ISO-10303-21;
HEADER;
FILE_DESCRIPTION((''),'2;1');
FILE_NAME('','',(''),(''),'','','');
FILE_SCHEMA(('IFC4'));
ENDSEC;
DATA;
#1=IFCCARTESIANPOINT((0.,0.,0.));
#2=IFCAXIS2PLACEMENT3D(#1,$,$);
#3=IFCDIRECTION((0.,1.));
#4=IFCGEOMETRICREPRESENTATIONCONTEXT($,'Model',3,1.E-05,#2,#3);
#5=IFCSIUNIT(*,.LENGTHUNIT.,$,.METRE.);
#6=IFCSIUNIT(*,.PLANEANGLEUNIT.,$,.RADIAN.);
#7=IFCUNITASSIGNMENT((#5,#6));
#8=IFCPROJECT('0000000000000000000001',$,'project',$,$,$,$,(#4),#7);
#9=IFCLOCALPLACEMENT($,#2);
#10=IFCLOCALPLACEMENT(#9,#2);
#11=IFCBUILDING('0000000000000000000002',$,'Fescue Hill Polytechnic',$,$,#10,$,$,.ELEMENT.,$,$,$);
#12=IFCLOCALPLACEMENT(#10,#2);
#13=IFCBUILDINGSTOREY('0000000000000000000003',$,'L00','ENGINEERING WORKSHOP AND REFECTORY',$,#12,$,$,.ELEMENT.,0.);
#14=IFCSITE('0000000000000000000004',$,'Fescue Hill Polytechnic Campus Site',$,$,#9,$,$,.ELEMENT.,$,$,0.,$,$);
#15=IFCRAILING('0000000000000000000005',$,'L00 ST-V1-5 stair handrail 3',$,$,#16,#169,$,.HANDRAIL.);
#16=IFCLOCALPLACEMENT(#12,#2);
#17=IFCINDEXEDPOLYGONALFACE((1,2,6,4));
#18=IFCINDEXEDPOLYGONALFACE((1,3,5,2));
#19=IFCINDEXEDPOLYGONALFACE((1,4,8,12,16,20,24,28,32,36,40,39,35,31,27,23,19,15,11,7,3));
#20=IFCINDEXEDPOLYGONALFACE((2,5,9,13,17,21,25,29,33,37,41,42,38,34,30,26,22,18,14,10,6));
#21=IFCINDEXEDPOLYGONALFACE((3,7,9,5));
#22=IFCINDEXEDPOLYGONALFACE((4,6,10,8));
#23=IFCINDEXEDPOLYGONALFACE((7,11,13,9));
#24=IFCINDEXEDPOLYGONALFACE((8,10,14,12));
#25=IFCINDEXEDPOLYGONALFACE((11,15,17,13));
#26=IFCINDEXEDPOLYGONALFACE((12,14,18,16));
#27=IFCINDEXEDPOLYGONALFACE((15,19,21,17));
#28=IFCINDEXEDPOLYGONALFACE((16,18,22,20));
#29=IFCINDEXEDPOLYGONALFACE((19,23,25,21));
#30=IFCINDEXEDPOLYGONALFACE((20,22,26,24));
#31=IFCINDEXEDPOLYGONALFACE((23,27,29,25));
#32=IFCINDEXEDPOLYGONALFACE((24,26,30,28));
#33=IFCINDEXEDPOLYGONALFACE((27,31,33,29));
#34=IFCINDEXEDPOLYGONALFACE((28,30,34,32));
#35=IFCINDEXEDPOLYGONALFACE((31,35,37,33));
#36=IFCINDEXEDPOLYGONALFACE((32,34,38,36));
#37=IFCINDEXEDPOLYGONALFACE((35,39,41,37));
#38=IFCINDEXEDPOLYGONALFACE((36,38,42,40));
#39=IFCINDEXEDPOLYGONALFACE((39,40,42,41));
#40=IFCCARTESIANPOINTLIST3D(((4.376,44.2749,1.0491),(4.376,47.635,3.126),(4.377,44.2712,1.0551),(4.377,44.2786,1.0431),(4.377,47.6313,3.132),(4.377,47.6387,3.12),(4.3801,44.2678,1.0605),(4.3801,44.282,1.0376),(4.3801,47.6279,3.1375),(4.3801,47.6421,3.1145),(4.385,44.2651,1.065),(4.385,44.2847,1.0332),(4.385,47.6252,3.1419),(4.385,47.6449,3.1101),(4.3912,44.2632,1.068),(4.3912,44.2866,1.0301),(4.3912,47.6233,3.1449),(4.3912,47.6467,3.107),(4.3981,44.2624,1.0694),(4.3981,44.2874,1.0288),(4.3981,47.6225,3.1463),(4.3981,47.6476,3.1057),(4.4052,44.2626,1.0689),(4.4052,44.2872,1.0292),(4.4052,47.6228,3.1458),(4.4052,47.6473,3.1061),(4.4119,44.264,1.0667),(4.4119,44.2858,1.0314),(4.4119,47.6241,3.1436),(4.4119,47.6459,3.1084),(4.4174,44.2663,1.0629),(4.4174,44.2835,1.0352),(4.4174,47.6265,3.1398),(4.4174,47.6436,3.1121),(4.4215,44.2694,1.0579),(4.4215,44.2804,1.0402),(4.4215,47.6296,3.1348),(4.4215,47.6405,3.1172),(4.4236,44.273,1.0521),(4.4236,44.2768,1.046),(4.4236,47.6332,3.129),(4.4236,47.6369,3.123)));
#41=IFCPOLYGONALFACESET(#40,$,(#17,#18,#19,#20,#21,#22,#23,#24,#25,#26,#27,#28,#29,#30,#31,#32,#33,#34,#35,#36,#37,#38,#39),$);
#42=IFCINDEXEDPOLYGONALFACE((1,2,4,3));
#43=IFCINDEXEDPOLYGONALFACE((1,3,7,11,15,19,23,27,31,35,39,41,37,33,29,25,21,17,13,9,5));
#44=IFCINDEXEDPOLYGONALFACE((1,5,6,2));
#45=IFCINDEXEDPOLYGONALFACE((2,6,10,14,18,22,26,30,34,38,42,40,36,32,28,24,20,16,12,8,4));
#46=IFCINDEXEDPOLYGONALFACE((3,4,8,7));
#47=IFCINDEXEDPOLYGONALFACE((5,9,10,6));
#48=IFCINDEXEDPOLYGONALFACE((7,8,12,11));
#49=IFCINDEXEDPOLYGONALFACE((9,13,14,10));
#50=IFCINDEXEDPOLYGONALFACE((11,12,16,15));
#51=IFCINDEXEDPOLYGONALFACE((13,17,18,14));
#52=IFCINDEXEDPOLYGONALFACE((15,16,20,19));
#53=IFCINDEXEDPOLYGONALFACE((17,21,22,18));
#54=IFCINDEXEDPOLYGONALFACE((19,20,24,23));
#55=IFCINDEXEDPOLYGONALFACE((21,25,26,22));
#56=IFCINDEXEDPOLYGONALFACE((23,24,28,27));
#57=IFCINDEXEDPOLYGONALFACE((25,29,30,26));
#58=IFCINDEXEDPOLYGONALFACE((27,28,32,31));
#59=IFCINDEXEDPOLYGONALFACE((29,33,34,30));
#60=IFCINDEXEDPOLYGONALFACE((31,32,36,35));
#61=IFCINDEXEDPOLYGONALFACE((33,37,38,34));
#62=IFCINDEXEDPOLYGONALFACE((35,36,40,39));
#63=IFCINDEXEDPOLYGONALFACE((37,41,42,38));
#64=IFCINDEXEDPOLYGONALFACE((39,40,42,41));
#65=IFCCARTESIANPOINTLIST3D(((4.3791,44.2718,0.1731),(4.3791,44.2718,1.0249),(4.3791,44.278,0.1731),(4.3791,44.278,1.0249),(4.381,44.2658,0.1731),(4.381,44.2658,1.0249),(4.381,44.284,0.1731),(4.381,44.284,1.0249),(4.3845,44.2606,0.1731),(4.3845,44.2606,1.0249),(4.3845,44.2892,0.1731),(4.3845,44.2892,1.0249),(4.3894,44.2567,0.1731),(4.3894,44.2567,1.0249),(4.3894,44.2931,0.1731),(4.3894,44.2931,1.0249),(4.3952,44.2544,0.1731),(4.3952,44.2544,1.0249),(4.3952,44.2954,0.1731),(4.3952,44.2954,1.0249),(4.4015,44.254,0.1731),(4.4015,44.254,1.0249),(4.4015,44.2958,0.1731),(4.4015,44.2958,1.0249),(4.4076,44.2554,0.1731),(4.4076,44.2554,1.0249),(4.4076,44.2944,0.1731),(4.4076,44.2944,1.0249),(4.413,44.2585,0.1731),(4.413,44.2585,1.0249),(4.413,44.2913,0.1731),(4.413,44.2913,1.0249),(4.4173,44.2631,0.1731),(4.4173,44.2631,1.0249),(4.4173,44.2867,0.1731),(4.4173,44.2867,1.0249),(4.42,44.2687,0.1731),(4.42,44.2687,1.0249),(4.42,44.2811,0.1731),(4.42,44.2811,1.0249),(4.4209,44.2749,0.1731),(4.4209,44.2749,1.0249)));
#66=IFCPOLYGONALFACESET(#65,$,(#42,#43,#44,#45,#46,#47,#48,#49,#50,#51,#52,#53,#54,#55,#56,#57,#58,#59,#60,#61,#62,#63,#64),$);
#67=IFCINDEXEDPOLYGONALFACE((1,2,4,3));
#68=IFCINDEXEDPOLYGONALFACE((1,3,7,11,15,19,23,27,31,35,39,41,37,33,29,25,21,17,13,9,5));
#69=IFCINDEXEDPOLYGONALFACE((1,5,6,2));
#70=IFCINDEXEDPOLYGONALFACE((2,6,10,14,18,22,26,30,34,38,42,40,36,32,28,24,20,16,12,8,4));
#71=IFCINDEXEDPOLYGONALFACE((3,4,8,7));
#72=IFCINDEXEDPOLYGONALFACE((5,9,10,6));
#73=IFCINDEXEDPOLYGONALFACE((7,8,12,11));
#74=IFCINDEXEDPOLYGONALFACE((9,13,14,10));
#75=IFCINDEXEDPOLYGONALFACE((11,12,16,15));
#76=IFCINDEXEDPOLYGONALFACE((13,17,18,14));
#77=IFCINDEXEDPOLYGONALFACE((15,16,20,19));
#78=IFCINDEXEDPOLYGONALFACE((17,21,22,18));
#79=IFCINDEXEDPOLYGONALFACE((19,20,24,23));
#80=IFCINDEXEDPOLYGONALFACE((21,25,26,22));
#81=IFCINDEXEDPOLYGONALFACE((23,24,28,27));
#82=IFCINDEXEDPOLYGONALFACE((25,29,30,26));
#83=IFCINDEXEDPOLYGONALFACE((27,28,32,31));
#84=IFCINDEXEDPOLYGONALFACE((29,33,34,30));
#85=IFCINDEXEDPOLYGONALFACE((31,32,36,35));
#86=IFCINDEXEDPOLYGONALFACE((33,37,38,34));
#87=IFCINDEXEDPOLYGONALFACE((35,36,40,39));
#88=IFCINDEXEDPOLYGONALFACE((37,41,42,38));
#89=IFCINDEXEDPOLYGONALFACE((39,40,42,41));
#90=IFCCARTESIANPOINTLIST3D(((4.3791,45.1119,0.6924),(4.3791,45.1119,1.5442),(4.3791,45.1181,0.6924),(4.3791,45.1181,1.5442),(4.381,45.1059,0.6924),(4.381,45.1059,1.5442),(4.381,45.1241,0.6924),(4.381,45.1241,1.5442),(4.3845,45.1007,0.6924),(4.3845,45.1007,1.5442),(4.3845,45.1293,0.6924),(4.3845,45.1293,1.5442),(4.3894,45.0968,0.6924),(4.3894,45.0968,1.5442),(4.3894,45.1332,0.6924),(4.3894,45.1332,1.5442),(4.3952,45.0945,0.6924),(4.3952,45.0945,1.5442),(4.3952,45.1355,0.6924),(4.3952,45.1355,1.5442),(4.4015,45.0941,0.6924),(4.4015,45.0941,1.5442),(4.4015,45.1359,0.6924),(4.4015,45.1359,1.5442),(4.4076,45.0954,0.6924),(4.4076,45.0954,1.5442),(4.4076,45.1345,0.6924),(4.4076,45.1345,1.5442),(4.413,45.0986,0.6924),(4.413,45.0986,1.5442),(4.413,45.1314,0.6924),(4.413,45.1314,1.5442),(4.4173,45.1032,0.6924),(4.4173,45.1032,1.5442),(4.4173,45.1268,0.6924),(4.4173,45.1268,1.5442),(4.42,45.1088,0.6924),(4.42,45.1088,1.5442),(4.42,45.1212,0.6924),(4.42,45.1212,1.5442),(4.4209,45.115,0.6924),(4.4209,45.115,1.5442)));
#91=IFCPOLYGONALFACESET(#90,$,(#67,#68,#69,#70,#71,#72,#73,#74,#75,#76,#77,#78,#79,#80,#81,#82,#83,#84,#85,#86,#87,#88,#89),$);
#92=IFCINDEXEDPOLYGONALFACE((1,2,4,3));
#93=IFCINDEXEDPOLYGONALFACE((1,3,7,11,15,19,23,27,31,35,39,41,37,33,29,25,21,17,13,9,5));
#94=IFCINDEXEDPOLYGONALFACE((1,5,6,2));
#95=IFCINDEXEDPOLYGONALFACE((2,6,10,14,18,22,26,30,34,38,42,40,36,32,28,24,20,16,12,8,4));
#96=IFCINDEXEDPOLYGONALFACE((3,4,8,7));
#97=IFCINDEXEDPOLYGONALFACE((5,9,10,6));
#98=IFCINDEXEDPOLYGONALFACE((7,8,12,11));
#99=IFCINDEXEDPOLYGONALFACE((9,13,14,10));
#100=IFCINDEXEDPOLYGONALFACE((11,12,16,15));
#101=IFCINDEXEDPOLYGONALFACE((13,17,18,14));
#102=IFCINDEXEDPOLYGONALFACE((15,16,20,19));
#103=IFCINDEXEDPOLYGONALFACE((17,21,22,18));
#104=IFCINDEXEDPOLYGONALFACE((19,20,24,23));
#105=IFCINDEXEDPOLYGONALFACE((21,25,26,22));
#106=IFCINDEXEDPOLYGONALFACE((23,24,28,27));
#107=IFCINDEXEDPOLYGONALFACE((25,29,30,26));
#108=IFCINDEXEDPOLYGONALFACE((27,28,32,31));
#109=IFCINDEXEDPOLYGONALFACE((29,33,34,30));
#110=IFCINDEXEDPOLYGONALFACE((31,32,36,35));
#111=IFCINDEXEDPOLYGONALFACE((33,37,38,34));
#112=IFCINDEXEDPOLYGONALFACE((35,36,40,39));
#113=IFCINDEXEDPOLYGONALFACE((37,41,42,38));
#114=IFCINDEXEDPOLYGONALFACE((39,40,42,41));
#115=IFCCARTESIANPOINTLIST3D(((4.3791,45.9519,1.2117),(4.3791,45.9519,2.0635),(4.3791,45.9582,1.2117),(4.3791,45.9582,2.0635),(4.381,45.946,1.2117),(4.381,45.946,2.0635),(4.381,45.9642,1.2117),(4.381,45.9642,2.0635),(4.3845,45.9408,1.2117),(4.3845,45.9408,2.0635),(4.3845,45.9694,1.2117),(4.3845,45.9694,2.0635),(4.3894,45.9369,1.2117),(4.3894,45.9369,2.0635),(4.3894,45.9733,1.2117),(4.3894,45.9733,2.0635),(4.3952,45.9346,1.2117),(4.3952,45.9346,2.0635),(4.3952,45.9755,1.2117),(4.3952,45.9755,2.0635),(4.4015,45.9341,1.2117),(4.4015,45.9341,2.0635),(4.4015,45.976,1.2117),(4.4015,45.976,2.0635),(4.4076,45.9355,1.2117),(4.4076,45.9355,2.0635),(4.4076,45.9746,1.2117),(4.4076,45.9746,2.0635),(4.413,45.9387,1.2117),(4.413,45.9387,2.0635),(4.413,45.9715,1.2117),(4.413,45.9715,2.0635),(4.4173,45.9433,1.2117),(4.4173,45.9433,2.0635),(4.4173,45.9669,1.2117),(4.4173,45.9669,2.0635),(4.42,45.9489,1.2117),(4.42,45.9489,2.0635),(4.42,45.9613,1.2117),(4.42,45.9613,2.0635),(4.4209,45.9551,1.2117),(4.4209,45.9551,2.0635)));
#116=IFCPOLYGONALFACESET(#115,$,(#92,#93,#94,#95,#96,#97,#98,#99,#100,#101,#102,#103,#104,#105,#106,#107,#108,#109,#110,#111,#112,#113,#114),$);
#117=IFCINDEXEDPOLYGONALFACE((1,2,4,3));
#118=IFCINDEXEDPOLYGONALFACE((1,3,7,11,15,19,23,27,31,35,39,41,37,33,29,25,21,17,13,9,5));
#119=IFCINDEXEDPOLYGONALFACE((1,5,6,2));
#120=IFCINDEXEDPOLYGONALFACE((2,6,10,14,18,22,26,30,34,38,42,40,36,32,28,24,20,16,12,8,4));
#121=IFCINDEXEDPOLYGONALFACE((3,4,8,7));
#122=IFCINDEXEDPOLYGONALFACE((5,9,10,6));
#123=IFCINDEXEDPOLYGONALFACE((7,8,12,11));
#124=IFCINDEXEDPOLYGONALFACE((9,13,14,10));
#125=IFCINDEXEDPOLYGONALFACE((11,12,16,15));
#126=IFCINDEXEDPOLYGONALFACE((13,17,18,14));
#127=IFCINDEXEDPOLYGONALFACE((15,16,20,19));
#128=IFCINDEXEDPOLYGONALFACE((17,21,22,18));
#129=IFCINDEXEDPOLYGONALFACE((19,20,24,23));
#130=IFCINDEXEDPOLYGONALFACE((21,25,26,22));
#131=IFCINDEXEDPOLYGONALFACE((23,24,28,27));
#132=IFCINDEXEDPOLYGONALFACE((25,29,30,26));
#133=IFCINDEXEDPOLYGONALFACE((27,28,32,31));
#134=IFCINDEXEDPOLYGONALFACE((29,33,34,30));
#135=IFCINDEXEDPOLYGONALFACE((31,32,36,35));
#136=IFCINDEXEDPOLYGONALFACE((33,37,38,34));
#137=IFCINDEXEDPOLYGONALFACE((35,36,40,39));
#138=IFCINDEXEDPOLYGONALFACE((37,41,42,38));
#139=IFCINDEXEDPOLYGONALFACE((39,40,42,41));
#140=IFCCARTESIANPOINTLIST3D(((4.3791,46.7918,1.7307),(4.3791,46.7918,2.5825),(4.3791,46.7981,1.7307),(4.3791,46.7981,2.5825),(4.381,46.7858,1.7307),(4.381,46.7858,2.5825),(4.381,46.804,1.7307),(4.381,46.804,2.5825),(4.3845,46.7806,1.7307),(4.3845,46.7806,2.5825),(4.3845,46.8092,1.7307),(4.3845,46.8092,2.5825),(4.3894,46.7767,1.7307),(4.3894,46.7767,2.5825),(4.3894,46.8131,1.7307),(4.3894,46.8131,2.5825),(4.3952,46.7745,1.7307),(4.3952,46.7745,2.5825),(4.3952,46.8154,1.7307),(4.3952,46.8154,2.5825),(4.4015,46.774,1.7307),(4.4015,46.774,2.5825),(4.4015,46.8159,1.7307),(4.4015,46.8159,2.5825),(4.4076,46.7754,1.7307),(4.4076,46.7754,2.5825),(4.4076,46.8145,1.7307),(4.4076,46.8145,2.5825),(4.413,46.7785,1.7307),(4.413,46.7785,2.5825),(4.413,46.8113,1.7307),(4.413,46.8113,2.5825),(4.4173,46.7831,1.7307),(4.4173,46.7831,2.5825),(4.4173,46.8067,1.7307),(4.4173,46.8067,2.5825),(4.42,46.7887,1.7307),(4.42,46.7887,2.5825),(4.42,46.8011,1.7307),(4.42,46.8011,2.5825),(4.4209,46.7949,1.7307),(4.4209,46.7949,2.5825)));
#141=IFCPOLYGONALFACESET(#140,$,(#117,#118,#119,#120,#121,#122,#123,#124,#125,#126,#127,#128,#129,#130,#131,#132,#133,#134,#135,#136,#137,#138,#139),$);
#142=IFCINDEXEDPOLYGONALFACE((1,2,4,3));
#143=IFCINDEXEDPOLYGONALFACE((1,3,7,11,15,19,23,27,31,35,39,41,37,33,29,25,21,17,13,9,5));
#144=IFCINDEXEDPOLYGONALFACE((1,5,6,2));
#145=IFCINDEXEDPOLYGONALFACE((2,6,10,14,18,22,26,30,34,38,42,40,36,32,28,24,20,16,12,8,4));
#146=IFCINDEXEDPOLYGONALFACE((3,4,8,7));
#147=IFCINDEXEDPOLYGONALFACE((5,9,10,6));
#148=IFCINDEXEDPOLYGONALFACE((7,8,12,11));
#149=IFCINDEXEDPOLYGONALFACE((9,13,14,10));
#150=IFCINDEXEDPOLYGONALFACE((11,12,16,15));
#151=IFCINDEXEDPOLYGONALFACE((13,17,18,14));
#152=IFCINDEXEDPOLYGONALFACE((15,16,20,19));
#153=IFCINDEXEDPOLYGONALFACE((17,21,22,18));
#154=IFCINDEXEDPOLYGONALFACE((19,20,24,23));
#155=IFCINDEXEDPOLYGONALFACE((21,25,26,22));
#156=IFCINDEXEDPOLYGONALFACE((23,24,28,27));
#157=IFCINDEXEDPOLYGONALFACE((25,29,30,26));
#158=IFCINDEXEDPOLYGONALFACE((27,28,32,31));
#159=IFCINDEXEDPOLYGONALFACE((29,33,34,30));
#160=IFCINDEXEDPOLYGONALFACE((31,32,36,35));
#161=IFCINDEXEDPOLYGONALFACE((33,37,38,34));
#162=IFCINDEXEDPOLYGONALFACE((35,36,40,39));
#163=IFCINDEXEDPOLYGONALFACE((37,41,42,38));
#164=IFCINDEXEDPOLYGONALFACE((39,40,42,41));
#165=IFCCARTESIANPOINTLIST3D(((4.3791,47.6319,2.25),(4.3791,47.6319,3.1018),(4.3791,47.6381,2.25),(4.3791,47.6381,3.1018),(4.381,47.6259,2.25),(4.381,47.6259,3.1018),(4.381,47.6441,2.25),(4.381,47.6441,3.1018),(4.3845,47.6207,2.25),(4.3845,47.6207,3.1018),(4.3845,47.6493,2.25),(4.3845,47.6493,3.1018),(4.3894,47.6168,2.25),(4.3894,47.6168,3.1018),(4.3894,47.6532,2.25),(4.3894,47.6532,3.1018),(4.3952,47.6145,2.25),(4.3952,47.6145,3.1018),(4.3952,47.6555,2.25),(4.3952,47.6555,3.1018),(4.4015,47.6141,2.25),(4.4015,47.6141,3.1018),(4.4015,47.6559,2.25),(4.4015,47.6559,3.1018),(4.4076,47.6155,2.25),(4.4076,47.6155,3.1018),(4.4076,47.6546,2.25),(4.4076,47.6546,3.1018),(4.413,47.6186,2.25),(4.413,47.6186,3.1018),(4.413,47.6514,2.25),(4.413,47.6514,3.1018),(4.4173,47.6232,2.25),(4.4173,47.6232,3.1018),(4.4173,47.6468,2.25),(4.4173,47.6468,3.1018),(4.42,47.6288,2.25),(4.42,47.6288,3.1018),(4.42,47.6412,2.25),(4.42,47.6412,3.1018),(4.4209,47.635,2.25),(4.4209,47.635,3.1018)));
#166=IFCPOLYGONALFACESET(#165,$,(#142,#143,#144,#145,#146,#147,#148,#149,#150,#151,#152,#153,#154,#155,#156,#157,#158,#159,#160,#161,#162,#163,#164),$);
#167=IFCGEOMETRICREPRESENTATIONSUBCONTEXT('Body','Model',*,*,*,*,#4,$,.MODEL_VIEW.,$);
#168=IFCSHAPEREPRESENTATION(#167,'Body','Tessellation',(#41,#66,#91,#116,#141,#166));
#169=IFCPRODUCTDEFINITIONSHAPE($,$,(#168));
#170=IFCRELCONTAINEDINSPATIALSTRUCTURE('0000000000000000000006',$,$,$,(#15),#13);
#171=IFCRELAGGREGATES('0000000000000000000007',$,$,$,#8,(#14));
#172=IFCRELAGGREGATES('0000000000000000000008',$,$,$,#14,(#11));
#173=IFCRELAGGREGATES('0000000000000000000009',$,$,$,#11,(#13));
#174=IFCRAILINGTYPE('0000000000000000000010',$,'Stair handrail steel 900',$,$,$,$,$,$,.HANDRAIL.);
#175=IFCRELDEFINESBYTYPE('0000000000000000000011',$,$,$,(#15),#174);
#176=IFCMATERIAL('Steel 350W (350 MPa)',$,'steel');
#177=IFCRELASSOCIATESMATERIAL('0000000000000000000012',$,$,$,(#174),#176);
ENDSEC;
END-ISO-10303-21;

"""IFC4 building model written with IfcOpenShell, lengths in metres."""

from ifc_helpers import new_model, si_unit, direction, frame, origin, origin_2d, place, context, subcontext, project, spatial, circle, extrude, material, type_object, element, save


model = new_model("IFC4")

# Units and contexts
model_context = context("Model", 3, precision=1e-05, world=origin(), true_north=direction((0.0, 1.0)))
body_context = subcontext(model_context, "Body", "Model", "MODEL_VIEW")
ifc_project = project(units=[si_unit("LENGTHUNIT", "METRE"), si_unit("PLANEANGLEUNIT", "RADIAN")], contexts=[model_context])

# Site, building, storey
site_placement = place(None, origin())
site = spatial("IfcSite", under=ifc_project, at=site_placement, Name="Fescue Hill Polytechnic Campus Site", CompositionType="ELEMENT", RefElevation=0.0)
building_placement = place(site_placement, origin())
building = spatial("IfcBuilding", under=site, at=building_placement, Name="Fescue Hill Polytechnic", CompositionType="ELEMENT")
storey_placement = place(building_placement, origin())
storey = spatial("IfcBuildingStorey", under=building, at=storey_placement, Name="L00", Description="ENGINEERING WORKSHOP AND REFECTORY", CompositionType="ELEMENT", Elevation=0.0)

# Railing
ifc_material_1 = material(Name="Steel 350W (350 MPa)", Category="steel")
railing_type_1 = type_object("IfcRailingType", Name="Stair handrail steel 900", PredefinedType="HANDRAIL", material=ifc_material_1)
railing_1_placement = place(storey_placement, frame((4.3999, 44.2749, 0.1731)))
element("IfcRailing", 1, at=railing_1_placement, inside=storey, type_object=railing_type_1, Name="L00 ST-V1-5 stair handrail 3", PredefinedType="HANDRAIL", context=body_context, shape_type="SweptSolid", body=[
    extrude(circle(Radius=0.0239, at=origin_2d()), frame((0.0, 0.0, 0.876), z_axis=(0.0, 0.850623, 0.525776), x_axis=(-1.0, 0.0, 0.0)), (0.0, 0.0, 1.0), 3.9502),
    extrude(circle(Radius=0.021, at=origin_2d()), origin(), (0.0, 0.0, 1.0), 0.8518),
    extrude(circle(Radius=0.021, at=origin_2d()), frame((0.0, 0.8401, 0.5193)), (0.0, 0.0, 1.0), 0.8518),
    extrude(circle(Radius=0.021, at=origin_2d()), frame((0.0, 1.6802, 1.0386)), (0.0, 0.0, 1.0), 0.8518),
    extrude(circle(Radius=0.021, at=origin_2d()), frame((0.0, 2.52, 1.5576)), (0.0, 0.0, 1.0), 0.8518),
    extrude(circle(Radius=0.021, at=origin_2d()), frame((0.0, 3.3601, 2.0769)), (0.0, 0.0, 1.0), 0.8518),
])

save(model, "model.ifc")
